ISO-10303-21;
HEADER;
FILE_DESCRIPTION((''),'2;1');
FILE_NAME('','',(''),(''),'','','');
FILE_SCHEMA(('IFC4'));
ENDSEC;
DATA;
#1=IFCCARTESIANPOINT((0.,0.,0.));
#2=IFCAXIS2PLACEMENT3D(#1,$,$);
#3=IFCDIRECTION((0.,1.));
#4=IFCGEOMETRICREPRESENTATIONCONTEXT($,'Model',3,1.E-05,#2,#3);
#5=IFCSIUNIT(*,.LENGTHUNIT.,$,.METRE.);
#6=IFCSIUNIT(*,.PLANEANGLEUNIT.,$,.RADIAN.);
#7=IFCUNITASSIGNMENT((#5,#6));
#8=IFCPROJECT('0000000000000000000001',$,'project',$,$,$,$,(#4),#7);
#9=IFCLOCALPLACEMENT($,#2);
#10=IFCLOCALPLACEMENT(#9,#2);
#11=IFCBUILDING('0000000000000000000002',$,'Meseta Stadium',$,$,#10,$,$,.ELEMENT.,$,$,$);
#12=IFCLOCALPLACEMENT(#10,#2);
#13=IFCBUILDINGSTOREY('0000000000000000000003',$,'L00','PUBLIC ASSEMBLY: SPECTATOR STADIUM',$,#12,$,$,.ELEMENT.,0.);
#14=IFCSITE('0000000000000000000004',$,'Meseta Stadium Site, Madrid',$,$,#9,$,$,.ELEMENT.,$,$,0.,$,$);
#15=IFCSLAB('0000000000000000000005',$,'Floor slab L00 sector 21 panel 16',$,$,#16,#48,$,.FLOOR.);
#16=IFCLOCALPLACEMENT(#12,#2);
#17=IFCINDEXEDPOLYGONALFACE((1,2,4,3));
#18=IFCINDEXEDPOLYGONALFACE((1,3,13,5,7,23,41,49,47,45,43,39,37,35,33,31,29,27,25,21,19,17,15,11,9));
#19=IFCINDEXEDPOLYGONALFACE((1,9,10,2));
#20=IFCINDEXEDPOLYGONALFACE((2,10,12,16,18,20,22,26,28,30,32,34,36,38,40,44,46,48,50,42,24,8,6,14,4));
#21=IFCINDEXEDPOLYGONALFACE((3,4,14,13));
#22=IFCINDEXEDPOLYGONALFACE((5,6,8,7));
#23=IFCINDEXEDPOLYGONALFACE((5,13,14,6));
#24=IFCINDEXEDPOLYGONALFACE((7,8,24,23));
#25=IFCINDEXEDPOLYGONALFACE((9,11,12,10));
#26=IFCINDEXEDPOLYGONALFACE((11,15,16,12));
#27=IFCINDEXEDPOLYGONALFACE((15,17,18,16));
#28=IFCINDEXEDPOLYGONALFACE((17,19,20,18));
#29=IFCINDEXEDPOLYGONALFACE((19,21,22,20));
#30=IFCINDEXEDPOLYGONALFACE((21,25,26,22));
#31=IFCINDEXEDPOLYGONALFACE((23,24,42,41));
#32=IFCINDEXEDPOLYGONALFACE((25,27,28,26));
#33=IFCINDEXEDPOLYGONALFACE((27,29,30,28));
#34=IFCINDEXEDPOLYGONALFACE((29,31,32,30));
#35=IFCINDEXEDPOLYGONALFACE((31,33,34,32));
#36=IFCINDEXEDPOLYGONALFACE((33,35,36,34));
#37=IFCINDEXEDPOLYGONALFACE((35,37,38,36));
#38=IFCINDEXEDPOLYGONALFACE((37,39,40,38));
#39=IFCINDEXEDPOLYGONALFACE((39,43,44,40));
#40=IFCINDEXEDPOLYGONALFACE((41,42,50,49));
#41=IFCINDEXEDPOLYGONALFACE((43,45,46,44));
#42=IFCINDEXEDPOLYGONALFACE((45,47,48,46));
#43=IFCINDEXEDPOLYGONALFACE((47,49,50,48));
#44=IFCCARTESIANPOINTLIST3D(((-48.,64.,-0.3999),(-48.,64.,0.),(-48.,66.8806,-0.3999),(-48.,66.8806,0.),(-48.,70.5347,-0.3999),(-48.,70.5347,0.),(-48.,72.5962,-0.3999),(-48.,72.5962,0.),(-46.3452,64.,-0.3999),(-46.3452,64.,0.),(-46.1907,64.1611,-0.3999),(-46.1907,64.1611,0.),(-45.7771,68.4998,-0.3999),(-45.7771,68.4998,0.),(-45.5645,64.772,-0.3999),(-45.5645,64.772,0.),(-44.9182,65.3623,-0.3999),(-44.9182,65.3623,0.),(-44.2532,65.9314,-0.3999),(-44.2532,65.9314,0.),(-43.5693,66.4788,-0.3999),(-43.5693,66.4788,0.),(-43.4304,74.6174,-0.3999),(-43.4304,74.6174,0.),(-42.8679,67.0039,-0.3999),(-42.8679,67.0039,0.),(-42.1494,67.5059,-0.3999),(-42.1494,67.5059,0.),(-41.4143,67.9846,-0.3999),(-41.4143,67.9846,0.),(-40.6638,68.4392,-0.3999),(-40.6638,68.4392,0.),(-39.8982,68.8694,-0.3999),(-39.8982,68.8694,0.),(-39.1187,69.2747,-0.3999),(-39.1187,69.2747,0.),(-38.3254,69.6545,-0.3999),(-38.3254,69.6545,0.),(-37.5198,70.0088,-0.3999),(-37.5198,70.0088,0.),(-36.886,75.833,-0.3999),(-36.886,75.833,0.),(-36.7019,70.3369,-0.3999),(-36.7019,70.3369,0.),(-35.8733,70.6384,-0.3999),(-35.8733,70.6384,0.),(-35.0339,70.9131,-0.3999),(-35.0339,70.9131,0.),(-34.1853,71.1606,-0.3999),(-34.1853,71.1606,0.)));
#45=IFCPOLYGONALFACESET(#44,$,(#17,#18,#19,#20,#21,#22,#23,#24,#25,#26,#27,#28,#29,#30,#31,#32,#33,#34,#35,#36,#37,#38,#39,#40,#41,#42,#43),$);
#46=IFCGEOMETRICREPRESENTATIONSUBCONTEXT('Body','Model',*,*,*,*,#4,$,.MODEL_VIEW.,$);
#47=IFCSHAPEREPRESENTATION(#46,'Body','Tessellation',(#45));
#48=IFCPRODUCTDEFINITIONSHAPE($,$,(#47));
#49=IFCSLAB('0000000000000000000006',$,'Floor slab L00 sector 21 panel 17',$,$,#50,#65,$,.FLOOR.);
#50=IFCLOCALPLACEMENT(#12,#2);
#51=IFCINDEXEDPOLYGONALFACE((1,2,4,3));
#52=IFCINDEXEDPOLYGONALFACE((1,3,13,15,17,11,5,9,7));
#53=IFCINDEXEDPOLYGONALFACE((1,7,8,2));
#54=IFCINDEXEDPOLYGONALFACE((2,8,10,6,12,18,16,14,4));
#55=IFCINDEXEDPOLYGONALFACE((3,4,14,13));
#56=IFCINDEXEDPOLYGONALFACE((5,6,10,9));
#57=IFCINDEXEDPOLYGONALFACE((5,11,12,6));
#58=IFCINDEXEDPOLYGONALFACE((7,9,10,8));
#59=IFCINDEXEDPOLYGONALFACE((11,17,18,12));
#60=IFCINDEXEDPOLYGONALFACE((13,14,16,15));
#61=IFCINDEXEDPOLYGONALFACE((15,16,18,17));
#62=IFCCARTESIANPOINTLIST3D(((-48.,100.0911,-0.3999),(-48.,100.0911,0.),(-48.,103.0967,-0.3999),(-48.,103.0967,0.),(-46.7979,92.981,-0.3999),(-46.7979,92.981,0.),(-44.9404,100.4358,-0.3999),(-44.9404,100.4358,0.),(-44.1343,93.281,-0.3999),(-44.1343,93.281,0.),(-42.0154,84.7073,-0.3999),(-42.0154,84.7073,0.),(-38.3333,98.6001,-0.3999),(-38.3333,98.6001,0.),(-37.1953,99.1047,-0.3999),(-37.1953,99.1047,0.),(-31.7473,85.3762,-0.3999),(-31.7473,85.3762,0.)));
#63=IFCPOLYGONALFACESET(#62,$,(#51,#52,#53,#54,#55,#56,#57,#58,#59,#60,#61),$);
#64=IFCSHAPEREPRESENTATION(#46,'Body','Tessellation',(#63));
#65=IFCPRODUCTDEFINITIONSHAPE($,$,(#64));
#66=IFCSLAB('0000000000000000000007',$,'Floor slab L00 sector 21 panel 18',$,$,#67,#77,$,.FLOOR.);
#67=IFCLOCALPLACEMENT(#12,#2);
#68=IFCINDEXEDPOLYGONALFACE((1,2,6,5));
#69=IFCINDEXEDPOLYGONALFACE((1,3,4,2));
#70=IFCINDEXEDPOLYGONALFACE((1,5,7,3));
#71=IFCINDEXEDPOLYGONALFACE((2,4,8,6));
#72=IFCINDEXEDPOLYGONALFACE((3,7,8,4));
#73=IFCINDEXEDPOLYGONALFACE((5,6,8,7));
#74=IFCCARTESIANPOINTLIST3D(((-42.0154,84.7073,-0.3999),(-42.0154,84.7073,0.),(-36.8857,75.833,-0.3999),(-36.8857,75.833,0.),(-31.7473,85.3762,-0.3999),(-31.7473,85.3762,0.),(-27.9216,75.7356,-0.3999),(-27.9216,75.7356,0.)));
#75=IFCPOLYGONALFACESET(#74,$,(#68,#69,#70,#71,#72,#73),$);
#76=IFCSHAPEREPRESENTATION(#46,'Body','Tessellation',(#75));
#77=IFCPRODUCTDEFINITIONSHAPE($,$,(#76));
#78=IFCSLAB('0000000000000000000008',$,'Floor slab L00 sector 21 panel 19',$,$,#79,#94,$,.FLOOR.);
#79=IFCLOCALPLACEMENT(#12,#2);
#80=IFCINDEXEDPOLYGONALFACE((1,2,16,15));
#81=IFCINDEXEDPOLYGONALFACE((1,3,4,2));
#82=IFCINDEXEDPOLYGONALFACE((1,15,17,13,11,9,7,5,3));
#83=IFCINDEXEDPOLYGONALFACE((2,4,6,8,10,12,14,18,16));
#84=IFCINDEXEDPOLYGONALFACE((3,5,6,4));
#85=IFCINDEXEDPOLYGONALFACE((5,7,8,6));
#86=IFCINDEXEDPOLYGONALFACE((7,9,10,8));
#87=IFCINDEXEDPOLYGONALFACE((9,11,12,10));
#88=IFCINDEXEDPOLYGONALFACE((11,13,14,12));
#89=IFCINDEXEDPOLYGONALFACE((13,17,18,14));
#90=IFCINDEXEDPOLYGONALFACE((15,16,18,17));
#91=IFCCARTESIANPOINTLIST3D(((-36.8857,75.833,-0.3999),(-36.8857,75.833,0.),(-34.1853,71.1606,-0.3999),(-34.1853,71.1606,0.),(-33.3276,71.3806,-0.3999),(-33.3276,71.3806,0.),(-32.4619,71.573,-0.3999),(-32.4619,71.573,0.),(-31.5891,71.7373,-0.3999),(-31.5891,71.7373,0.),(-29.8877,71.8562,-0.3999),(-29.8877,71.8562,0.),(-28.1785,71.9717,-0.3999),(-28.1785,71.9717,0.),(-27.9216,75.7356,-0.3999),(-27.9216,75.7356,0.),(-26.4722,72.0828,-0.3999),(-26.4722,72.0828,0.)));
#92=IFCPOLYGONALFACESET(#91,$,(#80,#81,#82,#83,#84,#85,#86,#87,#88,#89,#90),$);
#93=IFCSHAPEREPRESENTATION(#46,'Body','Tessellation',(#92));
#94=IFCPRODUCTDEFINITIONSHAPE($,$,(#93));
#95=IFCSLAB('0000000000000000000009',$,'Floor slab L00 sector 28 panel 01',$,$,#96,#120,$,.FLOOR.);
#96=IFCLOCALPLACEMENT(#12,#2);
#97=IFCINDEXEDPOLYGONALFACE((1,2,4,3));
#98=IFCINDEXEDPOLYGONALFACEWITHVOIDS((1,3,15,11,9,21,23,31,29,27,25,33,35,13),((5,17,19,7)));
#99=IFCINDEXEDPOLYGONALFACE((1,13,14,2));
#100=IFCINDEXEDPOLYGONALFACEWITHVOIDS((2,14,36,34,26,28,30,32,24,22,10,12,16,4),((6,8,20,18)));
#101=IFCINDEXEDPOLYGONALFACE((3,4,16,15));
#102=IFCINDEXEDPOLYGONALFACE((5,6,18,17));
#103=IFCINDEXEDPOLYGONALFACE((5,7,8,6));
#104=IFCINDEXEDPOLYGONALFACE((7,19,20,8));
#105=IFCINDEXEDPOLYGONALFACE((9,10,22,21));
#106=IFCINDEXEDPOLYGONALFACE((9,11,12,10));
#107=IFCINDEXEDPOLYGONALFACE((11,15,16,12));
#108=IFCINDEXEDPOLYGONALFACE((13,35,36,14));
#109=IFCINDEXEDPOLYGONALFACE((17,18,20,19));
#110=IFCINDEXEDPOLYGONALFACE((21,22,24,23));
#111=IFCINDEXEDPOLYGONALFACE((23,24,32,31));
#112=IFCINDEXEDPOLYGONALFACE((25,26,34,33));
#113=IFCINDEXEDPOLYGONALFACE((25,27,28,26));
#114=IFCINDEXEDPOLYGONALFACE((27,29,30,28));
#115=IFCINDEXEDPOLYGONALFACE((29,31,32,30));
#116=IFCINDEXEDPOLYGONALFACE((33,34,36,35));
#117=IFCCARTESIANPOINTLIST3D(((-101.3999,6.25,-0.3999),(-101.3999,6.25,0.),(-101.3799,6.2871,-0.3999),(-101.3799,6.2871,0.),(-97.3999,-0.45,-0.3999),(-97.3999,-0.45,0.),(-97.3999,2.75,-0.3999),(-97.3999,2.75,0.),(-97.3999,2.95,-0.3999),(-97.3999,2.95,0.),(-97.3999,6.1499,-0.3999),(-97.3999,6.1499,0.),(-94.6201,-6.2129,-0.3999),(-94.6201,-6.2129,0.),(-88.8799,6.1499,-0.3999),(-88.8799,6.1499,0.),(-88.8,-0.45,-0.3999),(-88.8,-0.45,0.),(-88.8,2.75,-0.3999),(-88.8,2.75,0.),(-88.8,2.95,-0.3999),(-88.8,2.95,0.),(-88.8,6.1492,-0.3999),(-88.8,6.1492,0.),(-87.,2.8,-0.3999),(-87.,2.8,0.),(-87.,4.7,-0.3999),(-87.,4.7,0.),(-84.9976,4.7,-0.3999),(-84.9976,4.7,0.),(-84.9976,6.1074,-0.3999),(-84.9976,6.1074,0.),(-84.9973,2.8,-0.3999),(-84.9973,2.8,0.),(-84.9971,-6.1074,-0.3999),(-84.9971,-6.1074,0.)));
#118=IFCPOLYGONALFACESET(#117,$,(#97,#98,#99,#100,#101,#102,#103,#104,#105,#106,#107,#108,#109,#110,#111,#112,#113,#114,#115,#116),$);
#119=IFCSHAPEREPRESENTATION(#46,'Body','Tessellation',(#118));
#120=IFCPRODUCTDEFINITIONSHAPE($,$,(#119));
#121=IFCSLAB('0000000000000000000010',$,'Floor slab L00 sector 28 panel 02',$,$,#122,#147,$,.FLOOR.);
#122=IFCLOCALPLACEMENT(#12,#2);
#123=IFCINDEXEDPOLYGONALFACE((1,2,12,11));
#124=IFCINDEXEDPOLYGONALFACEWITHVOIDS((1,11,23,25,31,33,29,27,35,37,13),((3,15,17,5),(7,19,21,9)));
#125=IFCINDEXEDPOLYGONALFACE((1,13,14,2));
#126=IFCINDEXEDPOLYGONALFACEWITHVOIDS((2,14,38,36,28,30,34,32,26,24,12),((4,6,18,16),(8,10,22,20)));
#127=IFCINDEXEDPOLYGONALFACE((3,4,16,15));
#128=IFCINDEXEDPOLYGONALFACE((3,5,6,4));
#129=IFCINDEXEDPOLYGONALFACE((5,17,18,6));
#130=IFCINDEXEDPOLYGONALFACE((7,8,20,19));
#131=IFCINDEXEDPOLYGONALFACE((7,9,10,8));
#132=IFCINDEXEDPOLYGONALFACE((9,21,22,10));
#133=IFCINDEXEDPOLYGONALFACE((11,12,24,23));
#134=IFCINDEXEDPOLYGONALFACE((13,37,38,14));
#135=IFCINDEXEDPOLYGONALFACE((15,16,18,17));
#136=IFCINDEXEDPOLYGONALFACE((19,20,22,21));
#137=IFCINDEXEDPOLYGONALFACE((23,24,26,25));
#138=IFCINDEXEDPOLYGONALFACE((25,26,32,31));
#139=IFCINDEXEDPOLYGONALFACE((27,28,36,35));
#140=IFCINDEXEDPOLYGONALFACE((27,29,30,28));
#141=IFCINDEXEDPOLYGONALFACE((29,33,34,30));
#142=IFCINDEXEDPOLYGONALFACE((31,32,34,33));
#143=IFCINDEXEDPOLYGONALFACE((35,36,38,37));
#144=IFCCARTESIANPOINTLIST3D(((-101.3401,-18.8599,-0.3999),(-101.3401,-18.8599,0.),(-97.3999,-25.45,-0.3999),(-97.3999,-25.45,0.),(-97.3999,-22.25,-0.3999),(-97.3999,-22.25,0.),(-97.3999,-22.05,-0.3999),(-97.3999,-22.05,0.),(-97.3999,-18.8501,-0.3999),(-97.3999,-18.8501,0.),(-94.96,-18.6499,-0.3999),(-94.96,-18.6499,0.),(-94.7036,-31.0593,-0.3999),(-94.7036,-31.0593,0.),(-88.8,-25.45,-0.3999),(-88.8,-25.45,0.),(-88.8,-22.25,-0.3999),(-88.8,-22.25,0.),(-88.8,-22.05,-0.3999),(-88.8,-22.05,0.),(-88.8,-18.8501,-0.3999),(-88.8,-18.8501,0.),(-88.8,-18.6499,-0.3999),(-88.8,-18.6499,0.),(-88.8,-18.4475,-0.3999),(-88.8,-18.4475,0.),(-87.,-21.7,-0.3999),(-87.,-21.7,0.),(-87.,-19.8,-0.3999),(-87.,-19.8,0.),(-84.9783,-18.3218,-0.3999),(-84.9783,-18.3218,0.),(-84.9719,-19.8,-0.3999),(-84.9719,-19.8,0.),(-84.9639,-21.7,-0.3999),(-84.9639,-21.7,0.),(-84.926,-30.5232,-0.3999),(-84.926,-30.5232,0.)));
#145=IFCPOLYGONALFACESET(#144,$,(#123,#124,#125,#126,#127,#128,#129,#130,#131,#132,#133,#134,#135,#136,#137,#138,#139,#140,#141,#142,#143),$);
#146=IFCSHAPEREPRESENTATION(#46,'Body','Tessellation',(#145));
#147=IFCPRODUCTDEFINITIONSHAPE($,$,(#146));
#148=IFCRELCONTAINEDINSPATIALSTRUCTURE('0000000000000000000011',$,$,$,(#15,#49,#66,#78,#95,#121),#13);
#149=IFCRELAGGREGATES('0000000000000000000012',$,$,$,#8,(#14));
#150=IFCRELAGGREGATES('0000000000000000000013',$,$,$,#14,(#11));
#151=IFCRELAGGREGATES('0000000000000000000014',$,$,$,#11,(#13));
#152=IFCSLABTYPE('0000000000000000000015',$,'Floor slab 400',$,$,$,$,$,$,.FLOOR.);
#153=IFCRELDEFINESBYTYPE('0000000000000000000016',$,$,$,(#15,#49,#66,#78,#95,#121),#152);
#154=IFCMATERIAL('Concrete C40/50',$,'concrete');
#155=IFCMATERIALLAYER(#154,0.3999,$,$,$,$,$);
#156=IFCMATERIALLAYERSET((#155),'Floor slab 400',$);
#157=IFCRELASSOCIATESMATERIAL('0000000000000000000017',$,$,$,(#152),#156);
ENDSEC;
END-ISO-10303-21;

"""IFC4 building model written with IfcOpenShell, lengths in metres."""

from ifc_helpers import new_model, si_unit, direction, frame, origin, place, context, subcontext, project, spatial, polyline, outline, extrude, material, layer, layer_set, type_object, element, save


model = new_model("IFC4")

# Units and contexts
model_context = context("Model", 3, precision=1e-05, world=origin(), true_north=direction((0.0, 1.0)))
body_context = subcontext(model_context, "Body", "Model", "MODEL_VIEW")
ifc_project = project(units=[si_unit("LENGTHUNIT", "METRE"), si_unit("PLANEANGLEUNIT", "RADIAN")], contexts=[model_context])

# Site, building, storey
site_placement = place(None, origin())
site = spatial("IfcSite", under=ifc_project, at=site_placement, Name="Meseta Stadium Site, Madrid", CompositionType="ELEMENT", RefElevation=0.0)
building_placement = place(site_placement, origin())
building = spatial("IfcBuilding", under=site, at=building_placement, Name="Meseta Stadium", CompositionType="ELEMENT")
storey_placement = place(building_placement, origin())
storey = spatial("IfcBuildingStorey", under=building, at=storey_placement, Name="L00", Description="PUBLIC ASSEMBLY: SPECTATOR STADIUM", CompositionType="ELEMENT", Elevation=0.0)

# Slabs
ifc_material = material(Name="Concrete C40/50", Category="concrete")
ifc_layer = layer(ifc_material, 0.3999)
ifc_layer_set = layer_set([ifc_layer], Name="Floor slab 400")
slab_type = type_object("IfcSlabType", Name="Floor slab 400", PredefinedType="FLOOR", material=ifc_layer_set)
slab_1_placement = place(storey_placement, frame((0.0, 0.0, -0.3999)))
element("IfcSlab", 1, at=slab_1_placement, inside=storey, type_object=slab_type, Name="Floor slab L00 sector 21 panel 16", PredefinedType="FLOOR", context=body_context, shape_type="SweptSolid", body=[
    extrude(outline(polyline([(-36.886, 75.833), (-43.4304, 74.6174), (-48.0, 72.5962), (-48.0, 70.5347), (-45.7771, 68.4998), (-48.0, 66.8806), (-48.0, 64.0), (-46.3452, 64.0), (-46.1907, 64.1611), (-45.5645, 64.772), (-44.9182, 65.3623), (-44.2532, 65.9314), (-43.5693, 66.4788), (-42.8679, 67.0039), (-42.1494, 67.5059), (-41.4143, 67.9846), (-40.6638, 68.4392), (-39.8982, 68.8694), (-39.1187, 69.2747), (-38.3254, 69.6545), (-37.5198, 70.0088), (-36.7019, 70.3369), (-35.8733, 70.6384), (-35.0339, 70.9131), (-34.1853, 71.1606), (-36.886, 75.833)])), origin(), (0.0, 0.0, 1.0), 0.3999),
])
slab_2_placement = place(storey_placement, frame((0.0, 0.0, -0.3999)))
element("IfcSlab", 2, at=slab_2_placement, inside=storey, type_object=slab_type, Name="Floor slab L00 sector 21 panel 17", PredefinedType="FLOOR", context=body_context, shape_type="SweptSolid", body=[
    extrude(outline(polyline([(-31.7473, 85.3762), (-37.1953, 99.1047), (-38.3333, 98.6001), (-48.0, 103.0967), (-48.0, 100.0911), (-44.9404, 100.4358), (-44.1343, 93.281), (-46.7979, 92.981), (-42.0154, 84.7073), (-31.7473, 85.3762)])), origin(), (0.0, 0.0, 1.0), 0.3999),
])
slab_3_placement = place(storey_placement, frame((0.0, 0.0, -0.3999)))
element("IfcSlab", 3, at=slab_3_placement, inside=storey, type_object=slab_type, Name="Floor slab L00 sector 21 panel 18", PredefinedType="FLOOR", context=body_context, shape_type="SweptSolid", body=[
    extrude(outline(polyline([(-42.0154, 84.7073), (-36.8857, 75.833), (-27.9216, 75.7356), (-31.7473, 85.3762), (-42.0154, 84.7073)])), origin(), (0.0, 0.0, 1.0), 0.3999),
])
slab_4_placement = place(storey_placement, frame((0.0, 0.0, -0.3999)))
element("IfcSlab", 4, at=slab_4_placement, inside=storey, type_object=slab_type, Name="Floor slab L00 sector 21 panel 19", PredefinedType="FLOOR", context=body_context, shape_type="SweptSolid", body=[
    extrude(outline(polyline([(-36.8857, 75.833), (-34.1853, 71.1606), (-33.3276, 71.3806), (-32.4619, 71.573), (-31.5891, 71.7373), (-29.8877, 71.8562), (-28.1785, 71.9717), (-26.4722, 72.0828), (-27.9216, 75.7356), (-36.8857, 75.833)])), origin(), (0.0, 0.0, 1.0), 0.3999),
])
slab_5_placement = place(storey_placement, frame((0.0, 0.0, -0.3999)))
element("IfcSlab", 5, at=slab_5_placement, inside=storey, type_object=slab_type, Name="Floor slab L00 sector 28 panel 01", PredefinedType="FLOOR", context=body_context, shape_type="SweptSolid", body=[
    extrude(outline(polyline([(-88.8799, 6.1499), (-101.3799, 6.2871), (-101.3999, 6.25), (-94.6201, -6.2129), (-84.9971, -6.1074), (-84.9973, 2.8), (-87.0, 2.8), (-87.0, 4.7), (-84.9976, 4.7), (-84.9976, 6.1074), (-88.8, 6.1492), (-88.8, 2.95), (-97.3999, 2.95), (-97.3999, 6.1499), (-88.8799, 6.1499)]), holes=[polyline([(-88.8, 2.75), (-88.8, -0.45), (-97.3999, -0.45), (-97.3999, 2.75), (-88.8, 2.75)])]), origin(), (0.0, 0.0, 1.0), 0.3999),
])
slab_6_placement = place(storey_placement, frame((0.0, 0.0, -0.3999)))
element("IfcSlab", 6, at=slab_6_placement, inside=storey, type_object=slab_type, Name="Floor slab L00 sector 28 panel 02", PredefinedType="FLOOR", context=body_context, shape_type="SweptSolid", body=[
    extrude(outline(polyline([(-94.7036, -31.0593), (-84.926, -30.5232), (-84.9639, -21.7), (-87.0, -21.7), (-87.0, -19.8), (-84.9719, -19.8), (-84.9783, -18.3218), (-88.8, -18.4475), (-88.8, -18.6499), (-94.96, -18.6499), (-101.3401, -18.8599), (-94.7036, -31.0593)]), holes=[polyline([(-97.3999, -22.25), (-88.8, -22.25), (-88.8, -25.45), (-97.3999, -25.45), (-97.3999, -22.25)]), polyline([(-97.3999, -18.8501), (-88.8, -18.8501), (-88.8, -22.05), (-97.3999, -22.05), (-97.3999, -18.8501)])]), origin(), (0.0, 0.0, 1.0), 0.3999),
])

save(model, "model.ifc")
